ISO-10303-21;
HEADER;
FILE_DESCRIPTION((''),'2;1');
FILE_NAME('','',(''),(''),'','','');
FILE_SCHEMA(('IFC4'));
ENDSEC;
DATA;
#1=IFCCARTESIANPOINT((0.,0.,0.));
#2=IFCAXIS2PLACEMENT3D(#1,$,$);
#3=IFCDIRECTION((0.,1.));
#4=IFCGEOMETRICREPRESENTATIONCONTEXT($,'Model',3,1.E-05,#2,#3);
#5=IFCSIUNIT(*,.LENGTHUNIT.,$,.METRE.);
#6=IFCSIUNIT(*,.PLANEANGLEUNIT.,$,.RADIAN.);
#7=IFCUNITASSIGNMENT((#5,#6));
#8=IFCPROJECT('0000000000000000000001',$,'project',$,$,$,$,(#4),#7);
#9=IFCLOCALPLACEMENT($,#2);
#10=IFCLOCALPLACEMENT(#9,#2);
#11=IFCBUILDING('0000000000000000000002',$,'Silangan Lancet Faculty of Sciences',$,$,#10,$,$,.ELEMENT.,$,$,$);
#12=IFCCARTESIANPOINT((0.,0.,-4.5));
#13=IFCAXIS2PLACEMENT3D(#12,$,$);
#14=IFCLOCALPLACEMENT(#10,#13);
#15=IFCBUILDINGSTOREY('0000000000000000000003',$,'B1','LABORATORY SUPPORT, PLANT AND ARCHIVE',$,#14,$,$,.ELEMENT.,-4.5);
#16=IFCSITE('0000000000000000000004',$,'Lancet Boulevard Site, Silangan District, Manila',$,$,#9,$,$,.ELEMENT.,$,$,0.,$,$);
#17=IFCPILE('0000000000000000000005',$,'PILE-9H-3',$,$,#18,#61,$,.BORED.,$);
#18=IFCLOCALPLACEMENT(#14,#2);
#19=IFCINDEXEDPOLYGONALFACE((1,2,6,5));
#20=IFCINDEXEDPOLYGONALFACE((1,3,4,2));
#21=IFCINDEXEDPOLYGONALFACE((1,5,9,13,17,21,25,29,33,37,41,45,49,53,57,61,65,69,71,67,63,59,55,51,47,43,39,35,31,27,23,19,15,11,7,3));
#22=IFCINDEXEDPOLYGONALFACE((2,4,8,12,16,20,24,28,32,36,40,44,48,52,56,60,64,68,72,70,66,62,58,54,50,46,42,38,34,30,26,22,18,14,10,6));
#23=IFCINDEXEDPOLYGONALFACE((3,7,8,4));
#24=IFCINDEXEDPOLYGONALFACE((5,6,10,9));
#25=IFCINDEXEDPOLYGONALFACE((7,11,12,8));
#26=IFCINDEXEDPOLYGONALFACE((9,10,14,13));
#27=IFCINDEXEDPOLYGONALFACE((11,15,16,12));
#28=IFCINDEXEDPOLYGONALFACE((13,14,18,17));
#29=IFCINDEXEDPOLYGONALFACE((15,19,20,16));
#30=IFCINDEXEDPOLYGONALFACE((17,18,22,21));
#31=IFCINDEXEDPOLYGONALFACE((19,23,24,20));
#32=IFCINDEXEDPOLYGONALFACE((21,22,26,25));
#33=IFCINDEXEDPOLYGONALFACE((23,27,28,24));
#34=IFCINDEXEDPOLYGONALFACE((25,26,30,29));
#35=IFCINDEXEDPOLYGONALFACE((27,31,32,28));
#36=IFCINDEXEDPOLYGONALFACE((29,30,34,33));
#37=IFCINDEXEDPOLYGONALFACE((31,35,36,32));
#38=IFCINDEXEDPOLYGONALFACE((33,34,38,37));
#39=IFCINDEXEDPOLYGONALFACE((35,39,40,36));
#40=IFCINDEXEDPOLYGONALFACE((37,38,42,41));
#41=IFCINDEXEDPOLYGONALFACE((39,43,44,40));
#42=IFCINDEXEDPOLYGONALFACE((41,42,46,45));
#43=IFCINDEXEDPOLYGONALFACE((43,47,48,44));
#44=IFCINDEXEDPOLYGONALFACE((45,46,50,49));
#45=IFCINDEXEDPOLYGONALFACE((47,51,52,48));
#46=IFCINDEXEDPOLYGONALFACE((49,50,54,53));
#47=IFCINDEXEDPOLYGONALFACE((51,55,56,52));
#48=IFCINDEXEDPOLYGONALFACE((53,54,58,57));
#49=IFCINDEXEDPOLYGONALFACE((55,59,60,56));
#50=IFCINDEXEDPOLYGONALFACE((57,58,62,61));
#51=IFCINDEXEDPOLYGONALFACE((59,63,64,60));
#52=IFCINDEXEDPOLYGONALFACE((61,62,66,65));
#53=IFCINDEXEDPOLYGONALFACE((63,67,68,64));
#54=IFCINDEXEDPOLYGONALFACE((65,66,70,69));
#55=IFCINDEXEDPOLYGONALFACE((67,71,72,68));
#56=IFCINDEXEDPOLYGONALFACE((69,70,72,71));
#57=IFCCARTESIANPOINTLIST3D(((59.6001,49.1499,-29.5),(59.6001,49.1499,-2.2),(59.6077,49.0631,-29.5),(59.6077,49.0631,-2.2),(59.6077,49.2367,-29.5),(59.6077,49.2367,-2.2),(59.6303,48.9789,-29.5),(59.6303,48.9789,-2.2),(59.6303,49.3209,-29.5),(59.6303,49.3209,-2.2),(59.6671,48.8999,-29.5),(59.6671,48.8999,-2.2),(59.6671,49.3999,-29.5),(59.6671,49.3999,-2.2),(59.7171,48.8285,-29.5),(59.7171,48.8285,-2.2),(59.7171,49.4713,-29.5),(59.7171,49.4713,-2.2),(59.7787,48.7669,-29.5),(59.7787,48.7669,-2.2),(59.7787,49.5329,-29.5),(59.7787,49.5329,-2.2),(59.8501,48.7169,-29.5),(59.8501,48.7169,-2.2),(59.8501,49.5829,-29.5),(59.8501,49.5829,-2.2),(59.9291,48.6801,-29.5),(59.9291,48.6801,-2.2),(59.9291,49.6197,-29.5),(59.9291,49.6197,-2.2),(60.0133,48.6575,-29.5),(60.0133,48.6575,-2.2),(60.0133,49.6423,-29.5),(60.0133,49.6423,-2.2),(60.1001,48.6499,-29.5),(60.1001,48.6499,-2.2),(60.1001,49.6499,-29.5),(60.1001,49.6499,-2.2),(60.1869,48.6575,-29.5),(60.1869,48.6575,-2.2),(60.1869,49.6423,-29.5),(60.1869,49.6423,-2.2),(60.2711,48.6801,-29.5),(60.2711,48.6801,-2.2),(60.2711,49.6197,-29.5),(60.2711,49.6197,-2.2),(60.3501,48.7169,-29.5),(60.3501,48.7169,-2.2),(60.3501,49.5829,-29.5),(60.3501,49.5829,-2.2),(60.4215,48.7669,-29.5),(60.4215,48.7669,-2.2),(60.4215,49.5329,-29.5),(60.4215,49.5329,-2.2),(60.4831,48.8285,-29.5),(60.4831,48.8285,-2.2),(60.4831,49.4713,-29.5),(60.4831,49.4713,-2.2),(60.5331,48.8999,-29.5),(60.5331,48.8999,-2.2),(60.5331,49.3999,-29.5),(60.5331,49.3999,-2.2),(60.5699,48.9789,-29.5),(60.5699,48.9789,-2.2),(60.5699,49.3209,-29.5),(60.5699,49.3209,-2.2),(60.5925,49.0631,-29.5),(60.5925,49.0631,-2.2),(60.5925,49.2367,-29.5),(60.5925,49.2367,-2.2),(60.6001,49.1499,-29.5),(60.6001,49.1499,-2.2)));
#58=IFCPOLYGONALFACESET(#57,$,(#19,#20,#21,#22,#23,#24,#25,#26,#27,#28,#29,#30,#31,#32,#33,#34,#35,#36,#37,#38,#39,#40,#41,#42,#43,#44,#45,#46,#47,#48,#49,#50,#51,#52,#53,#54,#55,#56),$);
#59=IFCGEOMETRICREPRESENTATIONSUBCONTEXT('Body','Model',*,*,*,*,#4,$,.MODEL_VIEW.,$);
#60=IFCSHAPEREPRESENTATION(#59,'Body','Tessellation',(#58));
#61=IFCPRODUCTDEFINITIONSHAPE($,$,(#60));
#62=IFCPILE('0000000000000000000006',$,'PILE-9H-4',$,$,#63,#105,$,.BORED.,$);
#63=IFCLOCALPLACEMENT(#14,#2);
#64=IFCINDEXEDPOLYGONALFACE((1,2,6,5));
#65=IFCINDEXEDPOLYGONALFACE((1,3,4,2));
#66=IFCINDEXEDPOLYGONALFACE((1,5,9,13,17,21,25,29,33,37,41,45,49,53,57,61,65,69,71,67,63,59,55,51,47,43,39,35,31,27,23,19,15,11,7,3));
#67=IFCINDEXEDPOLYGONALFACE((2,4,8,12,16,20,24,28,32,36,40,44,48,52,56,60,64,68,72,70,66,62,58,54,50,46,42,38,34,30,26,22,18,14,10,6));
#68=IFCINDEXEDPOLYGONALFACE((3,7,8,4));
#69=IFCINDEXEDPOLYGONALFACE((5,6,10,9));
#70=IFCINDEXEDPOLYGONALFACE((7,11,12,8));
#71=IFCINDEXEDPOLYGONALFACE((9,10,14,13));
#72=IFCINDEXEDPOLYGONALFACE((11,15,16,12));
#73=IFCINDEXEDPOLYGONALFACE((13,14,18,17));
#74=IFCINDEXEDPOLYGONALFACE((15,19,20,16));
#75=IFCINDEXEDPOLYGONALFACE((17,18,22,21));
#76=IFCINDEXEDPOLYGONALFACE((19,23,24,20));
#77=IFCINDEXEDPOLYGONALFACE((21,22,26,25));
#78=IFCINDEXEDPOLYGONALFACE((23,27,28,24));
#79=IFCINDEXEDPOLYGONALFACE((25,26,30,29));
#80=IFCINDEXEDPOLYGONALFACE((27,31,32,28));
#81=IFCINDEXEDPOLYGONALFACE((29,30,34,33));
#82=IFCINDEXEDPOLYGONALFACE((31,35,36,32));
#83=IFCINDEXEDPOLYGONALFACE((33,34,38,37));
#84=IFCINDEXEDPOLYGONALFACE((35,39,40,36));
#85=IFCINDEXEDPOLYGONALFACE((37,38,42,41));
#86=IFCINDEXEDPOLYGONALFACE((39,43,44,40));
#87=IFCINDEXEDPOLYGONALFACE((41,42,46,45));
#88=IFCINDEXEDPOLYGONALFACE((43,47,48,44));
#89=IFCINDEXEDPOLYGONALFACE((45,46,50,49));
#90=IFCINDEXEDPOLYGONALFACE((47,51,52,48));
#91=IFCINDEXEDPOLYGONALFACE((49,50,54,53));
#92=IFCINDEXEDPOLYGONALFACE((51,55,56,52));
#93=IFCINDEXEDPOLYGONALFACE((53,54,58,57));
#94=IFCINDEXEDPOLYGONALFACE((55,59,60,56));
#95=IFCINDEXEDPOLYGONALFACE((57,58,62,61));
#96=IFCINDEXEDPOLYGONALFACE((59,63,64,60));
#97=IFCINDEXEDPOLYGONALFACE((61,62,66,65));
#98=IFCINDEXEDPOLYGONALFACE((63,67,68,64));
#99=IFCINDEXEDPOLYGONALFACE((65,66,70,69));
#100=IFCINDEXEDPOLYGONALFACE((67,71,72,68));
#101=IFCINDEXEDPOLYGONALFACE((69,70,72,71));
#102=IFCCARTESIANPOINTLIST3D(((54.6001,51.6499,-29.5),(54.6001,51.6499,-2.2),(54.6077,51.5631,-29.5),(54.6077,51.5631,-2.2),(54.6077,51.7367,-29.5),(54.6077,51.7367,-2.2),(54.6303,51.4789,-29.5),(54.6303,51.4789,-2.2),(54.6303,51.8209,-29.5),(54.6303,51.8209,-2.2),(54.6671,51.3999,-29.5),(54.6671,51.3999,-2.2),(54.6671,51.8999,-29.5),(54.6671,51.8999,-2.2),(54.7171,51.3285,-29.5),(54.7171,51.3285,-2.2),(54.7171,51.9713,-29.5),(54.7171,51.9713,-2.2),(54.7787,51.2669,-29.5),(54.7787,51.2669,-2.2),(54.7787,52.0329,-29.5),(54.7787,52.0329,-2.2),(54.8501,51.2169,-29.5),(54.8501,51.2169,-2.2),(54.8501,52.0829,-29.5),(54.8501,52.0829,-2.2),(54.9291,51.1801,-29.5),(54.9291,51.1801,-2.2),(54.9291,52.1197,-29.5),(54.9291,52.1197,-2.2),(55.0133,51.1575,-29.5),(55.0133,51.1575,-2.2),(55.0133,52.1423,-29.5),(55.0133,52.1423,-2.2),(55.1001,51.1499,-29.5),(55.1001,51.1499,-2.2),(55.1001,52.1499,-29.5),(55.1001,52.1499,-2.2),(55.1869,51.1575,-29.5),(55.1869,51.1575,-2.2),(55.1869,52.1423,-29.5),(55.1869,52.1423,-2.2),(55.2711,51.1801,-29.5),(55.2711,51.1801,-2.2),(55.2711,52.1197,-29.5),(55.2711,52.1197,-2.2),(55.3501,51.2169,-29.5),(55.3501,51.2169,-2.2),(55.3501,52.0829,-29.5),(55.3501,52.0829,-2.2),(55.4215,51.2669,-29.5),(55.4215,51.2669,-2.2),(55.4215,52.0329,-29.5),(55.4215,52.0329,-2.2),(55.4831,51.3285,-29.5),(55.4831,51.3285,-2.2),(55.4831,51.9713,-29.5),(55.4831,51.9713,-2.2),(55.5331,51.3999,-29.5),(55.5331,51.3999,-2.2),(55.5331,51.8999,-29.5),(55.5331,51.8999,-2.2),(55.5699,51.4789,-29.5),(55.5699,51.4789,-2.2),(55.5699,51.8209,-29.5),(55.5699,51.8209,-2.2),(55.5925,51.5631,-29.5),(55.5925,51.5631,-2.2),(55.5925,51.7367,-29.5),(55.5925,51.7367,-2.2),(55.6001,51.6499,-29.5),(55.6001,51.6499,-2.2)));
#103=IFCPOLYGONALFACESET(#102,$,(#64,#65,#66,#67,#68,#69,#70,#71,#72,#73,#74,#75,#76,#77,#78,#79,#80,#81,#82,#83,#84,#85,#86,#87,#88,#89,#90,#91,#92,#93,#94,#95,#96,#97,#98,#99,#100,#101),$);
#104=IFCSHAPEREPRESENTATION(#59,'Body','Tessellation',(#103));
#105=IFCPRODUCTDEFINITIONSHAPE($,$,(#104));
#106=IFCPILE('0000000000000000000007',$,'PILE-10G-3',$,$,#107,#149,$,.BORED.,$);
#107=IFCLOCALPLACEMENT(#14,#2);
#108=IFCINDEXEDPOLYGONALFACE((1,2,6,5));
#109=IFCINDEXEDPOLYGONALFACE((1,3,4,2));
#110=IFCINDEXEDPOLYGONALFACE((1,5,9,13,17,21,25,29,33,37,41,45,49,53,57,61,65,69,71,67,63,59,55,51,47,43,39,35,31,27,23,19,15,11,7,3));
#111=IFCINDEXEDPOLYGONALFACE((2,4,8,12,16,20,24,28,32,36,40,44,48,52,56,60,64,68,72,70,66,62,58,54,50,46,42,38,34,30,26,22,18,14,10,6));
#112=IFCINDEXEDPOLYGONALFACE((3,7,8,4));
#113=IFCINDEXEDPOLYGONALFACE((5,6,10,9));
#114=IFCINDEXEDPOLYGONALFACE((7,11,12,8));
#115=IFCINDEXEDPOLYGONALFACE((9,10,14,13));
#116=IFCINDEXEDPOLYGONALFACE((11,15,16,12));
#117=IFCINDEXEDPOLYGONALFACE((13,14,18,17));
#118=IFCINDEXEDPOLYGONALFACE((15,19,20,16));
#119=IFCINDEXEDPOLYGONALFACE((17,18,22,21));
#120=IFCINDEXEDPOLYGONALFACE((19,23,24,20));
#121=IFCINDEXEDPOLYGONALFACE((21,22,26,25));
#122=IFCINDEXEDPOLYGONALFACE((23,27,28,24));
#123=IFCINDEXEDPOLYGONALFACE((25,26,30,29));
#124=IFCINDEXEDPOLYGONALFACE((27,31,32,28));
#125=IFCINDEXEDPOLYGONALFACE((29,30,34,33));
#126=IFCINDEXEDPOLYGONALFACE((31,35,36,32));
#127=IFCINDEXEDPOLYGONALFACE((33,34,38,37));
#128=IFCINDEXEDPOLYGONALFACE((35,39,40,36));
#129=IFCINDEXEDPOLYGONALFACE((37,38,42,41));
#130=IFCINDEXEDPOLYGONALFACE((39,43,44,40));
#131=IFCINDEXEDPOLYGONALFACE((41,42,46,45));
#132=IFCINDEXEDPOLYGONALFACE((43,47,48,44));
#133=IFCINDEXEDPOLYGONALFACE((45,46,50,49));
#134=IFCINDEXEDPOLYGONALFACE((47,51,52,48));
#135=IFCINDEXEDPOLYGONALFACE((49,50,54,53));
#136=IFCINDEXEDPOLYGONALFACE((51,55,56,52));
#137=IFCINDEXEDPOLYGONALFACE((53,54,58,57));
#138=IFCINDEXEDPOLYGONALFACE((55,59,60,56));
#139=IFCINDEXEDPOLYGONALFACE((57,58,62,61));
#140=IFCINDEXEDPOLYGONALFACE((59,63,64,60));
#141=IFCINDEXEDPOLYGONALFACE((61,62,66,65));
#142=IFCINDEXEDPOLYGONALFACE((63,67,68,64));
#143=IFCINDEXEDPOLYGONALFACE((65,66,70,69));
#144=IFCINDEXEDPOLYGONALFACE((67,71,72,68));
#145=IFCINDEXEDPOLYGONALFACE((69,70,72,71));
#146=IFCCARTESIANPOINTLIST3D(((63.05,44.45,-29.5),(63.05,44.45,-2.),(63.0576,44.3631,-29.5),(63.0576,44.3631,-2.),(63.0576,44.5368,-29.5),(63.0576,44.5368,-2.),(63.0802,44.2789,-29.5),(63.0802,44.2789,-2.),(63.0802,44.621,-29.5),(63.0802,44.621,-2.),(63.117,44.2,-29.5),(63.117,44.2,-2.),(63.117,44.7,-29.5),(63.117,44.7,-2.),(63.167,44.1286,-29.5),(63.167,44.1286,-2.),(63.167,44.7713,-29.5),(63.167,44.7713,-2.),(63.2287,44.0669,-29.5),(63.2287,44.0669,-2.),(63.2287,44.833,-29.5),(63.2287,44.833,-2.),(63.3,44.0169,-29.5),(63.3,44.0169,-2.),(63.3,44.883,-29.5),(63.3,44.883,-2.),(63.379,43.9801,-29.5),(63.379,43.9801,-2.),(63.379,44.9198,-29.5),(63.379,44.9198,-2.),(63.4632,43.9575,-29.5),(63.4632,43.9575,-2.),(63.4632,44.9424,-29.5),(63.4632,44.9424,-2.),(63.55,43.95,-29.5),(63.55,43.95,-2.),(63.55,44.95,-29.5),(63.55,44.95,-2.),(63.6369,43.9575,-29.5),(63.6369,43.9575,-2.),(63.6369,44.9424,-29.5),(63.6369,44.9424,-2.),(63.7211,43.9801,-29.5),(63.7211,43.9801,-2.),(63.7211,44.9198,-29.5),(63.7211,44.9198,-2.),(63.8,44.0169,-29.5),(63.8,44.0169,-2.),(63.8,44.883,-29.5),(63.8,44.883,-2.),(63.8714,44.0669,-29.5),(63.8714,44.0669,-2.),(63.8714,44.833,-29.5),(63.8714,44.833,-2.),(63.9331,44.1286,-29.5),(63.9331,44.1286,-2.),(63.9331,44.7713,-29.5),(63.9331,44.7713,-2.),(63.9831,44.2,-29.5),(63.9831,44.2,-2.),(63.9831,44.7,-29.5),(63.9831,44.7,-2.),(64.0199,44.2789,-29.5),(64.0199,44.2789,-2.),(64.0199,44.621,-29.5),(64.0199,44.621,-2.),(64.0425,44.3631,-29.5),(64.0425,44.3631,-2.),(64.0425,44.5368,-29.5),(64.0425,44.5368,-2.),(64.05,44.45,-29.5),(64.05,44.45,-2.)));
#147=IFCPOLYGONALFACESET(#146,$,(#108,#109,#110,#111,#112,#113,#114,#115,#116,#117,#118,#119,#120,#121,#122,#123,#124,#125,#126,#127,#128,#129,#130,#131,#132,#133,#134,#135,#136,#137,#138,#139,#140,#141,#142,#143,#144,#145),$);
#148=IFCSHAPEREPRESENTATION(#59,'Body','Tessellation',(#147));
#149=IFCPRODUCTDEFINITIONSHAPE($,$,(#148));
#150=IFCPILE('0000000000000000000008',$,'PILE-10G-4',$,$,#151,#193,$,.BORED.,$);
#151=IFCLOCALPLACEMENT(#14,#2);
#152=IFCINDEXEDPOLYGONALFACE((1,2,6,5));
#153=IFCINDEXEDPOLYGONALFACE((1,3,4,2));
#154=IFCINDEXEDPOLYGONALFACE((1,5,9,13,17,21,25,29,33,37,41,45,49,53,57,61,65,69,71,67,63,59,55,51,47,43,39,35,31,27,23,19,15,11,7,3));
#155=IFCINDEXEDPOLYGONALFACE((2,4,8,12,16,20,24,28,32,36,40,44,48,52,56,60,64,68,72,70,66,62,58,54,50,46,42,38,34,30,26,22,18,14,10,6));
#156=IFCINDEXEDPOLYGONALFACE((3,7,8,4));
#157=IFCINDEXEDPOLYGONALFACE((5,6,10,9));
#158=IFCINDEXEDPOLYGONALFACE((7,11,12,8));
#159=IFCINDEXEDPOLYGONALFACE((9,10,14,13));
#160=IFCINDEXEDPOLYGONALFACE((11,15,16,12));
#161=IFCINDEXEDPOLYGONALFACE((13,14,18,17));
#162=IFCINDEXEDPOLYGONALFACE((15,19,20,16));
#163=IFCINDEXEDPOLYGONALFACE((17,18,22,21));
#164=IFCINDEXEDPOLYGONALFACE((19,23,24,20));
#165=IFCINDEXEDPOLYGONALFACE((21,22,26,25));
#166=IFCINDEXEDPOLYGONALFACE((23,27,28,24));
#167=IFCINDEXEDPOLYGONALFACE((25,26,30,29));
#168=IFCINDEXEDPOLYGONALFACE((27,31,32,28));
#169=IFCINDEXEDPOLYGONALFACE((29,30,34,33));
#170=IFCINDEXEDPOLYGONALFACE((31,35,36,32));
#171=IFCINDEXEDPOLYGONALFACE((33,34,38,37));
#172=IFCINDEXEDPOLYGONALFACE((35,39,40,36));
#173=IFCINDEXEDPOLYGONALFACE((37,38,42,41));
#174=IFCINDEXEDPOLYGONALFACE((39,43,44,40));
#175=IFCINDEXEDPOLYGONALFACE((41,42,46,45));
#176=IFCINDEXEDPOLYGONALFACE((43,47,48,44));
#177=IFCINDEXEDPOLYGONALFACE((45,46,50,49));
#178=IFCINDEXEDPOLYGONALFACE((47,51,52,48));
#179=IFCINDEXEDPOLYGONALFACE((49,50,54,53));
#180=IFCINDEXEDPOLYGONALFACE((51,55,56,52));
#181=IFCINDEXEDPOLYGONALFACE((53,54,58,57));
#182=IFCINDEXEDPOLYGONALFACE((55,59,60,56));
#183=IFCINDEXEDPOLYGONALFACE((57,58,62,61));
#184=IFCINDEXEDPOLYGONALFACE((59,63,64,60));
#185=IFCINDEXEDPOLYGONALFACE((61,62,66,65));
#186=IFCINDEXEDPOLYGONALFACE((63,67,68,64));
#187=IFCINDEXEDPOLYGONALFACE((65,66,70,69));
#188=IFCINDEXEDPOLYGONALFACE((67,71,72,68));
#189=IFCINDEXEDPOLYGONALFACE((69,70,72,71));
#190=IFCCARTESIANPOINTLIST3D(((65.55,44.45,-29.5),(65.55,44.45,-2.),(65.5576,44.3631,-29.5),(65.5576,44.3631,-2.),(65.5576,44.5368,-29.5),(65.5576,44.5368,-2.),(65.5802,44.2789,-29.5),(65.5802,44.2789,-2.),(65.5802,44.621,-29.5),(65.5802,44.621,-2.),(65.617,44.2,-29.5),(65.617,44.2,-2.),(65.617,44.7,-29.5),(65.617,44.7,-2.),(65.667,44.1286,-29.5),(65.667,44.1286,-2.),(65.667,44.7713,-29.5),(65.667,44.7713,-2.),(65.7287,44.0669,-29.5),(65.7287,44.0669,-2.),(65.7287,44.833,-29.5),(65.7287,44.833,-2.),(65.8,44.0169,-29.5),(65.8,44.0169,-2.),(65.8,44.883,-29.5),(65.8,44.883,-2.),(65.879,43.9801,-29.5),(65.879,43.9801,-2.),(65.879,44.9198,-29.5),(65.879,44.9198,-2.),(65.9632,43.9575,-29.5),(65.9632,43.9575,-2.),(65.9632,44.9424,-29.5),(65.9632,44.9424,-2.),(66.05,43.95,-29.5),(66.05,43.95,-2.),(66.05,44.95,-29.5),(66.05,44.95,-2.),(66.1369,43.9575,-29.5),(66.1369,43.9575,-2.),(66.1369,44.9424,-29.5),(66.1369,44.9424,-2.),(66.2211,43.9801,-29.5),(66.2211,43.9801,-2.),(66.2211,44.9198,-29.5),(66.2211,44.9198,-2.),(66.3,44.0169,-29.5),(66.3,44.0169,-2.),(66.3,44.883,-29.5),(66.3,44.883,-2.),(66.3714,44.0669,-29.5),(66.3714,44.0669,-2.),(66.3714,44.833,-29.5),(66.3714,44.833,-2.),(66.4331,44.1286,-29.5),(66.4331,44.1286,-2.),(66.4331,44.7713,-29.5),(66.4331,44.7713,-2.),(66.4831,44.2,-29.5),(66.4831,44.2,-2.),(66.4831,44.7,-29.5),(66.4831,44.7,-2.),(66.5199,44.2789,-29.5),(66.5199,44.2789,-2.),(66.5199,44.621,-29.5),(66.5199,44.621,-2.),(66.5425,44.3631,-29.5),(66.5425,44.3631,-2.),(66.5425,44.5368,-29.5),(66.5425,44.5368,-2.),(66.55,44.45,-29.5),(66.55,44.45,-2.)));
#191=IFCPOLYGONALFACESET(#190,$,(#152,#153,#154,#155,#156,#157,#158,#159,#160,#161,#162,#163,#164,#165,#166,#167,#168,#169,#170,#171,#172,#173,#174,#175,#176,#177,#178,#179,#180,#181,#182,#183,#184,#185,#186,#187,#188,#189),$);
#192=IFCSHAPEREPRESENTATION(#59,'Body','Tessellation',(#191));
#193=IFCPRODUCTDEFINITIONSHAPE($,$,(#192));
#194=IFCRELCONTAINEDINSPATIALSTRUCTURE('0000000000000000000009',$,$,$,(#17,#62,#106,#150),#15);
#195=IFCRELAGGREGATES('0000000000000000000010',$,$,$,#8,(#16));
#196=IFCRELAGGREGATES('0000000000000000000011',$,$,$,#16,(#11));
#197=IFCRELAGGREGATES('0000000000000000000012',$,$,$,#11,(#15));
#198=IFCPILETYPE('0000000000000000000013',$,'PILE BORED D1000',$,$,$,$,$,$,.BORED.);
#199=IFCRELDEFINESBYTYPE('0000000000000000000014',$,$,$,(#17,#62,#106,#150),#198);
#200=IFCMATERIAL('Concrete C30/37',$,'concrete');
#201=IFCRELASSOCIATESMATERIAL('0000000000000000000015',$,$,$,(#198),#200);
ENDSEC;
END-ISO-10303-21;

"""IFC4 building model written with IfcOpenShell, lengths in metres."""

from ifc_helpers import new_model, si_unit, direction, frame, origin, origin_2d, place, context, subcontext, project, spatial, circle, extrude, material, material_profile, profile_set, type_object, element, save


model = new_model("IFC4")

# Units and contexts
model_context = context("Model", 3, precision=1e-05, world=origin(), true_north=direction((0.0, 1.0)))
body_context = subcontext(model_context, "Body", "Model", "MODEL_VIEW")
ifc_project = project(units=[si_unit("LENGTHUNIT", "METRE"), si_unit("PLANEANGLEUNIT", "RADIAN")], contexts=[model_context])

# Site, building, storey
site_placement = place(None, origin())
site = spatial("IfcSite", under=ifc_project, at=site_placement, Name="Lancet Boulevard Site, Silangan District, Manila", CompositionType="ELEMENT", RefElevation=0.0)
building_placement = place(site_placement, origin())
building = spatial("IfcBuilding", under=site, at=building_placement, Name="Silangan Lancet Faculty of Sciences", CompositionType="ELEMENT")
storey_placement = place(building_placement, frame((0.0, 0.0, -4.5)))
storey = spatial("IfcBuildingStorey", under=building, at=storey_placement, Name="B1", Description="LABORATORY SUPPORT, PLANT AND ARCHIVE", CompositionType="ELEMENT", Elevation=-4.5)

# Piles
ifc_material_1 = material(Name="Concrete C30/37", Category="concrete")
ifc_material_profile_1 = material_profile(ifc_material_1, circle(Radius=0.5, at=origin_2d()), Name="BORED PILE D1000")
ifc_profile_set_1 = profile_set([ifc_material_profile_1], Name="Concrete C30/37")
pile_type = type_object("IfcPileType", Name="PILE BORED D1000", PredefinedType="BORED", material=ifc_profile_set_1)
for number, where, z_axis, x_axis, name in (
    (1, (60.1001, 49.1499, -2.2), (0.0, 0.0, -1.0), (1.0, 0.0, 0.0), "PILE-9H-3"),
    (2, (55.1001, 51.6499, -2.2), (0.0, 0.0, -1.0), (1.0, 0.0, 0.0), "PILE-9H-4"),
):
    element("IfcPile", number, at=place(storey_placement, frame(where, z_axis=z_axis, x_axis=x_axis)), inside=storey, type_object=pile_type, Name=name, PredefinedType="BORED", context=body_context, shape_type="SweptSolid", body=[
        extrude(circle(Radius=0.5, at=origin_2d()), origin(), (0.0, 0.0, 1.0), 27.3),
    ])
for number, where, z_axis, x_axis, name in (
    (3, (63.55, 44.45, -2.0), (0.0, 0.0, -1.0), (1.0, 0.0, 0.0), "PILE-10G-3"),
    (4, (66.05, 44.45, -2.0), (0.0, 0.0, -1.0), (1.0, 0.0, 0.0), "PILE-10G-4"),
):
    element("IfcPile", number, at=place(storey_placement, frame(where, z_axis=z_axis, x_axis=x_axis)), inside=storey, type_object=pile_type, Name=name, PredefinedType="BORED", context=body_context, shape_type="SweptSolid", body=[
        extrude(circle(Radius=0.5, at=origin_2d()), origin(), (0.0, 0.0, 1.0), 27.5),
    ])

save(model, "model.ifc")
